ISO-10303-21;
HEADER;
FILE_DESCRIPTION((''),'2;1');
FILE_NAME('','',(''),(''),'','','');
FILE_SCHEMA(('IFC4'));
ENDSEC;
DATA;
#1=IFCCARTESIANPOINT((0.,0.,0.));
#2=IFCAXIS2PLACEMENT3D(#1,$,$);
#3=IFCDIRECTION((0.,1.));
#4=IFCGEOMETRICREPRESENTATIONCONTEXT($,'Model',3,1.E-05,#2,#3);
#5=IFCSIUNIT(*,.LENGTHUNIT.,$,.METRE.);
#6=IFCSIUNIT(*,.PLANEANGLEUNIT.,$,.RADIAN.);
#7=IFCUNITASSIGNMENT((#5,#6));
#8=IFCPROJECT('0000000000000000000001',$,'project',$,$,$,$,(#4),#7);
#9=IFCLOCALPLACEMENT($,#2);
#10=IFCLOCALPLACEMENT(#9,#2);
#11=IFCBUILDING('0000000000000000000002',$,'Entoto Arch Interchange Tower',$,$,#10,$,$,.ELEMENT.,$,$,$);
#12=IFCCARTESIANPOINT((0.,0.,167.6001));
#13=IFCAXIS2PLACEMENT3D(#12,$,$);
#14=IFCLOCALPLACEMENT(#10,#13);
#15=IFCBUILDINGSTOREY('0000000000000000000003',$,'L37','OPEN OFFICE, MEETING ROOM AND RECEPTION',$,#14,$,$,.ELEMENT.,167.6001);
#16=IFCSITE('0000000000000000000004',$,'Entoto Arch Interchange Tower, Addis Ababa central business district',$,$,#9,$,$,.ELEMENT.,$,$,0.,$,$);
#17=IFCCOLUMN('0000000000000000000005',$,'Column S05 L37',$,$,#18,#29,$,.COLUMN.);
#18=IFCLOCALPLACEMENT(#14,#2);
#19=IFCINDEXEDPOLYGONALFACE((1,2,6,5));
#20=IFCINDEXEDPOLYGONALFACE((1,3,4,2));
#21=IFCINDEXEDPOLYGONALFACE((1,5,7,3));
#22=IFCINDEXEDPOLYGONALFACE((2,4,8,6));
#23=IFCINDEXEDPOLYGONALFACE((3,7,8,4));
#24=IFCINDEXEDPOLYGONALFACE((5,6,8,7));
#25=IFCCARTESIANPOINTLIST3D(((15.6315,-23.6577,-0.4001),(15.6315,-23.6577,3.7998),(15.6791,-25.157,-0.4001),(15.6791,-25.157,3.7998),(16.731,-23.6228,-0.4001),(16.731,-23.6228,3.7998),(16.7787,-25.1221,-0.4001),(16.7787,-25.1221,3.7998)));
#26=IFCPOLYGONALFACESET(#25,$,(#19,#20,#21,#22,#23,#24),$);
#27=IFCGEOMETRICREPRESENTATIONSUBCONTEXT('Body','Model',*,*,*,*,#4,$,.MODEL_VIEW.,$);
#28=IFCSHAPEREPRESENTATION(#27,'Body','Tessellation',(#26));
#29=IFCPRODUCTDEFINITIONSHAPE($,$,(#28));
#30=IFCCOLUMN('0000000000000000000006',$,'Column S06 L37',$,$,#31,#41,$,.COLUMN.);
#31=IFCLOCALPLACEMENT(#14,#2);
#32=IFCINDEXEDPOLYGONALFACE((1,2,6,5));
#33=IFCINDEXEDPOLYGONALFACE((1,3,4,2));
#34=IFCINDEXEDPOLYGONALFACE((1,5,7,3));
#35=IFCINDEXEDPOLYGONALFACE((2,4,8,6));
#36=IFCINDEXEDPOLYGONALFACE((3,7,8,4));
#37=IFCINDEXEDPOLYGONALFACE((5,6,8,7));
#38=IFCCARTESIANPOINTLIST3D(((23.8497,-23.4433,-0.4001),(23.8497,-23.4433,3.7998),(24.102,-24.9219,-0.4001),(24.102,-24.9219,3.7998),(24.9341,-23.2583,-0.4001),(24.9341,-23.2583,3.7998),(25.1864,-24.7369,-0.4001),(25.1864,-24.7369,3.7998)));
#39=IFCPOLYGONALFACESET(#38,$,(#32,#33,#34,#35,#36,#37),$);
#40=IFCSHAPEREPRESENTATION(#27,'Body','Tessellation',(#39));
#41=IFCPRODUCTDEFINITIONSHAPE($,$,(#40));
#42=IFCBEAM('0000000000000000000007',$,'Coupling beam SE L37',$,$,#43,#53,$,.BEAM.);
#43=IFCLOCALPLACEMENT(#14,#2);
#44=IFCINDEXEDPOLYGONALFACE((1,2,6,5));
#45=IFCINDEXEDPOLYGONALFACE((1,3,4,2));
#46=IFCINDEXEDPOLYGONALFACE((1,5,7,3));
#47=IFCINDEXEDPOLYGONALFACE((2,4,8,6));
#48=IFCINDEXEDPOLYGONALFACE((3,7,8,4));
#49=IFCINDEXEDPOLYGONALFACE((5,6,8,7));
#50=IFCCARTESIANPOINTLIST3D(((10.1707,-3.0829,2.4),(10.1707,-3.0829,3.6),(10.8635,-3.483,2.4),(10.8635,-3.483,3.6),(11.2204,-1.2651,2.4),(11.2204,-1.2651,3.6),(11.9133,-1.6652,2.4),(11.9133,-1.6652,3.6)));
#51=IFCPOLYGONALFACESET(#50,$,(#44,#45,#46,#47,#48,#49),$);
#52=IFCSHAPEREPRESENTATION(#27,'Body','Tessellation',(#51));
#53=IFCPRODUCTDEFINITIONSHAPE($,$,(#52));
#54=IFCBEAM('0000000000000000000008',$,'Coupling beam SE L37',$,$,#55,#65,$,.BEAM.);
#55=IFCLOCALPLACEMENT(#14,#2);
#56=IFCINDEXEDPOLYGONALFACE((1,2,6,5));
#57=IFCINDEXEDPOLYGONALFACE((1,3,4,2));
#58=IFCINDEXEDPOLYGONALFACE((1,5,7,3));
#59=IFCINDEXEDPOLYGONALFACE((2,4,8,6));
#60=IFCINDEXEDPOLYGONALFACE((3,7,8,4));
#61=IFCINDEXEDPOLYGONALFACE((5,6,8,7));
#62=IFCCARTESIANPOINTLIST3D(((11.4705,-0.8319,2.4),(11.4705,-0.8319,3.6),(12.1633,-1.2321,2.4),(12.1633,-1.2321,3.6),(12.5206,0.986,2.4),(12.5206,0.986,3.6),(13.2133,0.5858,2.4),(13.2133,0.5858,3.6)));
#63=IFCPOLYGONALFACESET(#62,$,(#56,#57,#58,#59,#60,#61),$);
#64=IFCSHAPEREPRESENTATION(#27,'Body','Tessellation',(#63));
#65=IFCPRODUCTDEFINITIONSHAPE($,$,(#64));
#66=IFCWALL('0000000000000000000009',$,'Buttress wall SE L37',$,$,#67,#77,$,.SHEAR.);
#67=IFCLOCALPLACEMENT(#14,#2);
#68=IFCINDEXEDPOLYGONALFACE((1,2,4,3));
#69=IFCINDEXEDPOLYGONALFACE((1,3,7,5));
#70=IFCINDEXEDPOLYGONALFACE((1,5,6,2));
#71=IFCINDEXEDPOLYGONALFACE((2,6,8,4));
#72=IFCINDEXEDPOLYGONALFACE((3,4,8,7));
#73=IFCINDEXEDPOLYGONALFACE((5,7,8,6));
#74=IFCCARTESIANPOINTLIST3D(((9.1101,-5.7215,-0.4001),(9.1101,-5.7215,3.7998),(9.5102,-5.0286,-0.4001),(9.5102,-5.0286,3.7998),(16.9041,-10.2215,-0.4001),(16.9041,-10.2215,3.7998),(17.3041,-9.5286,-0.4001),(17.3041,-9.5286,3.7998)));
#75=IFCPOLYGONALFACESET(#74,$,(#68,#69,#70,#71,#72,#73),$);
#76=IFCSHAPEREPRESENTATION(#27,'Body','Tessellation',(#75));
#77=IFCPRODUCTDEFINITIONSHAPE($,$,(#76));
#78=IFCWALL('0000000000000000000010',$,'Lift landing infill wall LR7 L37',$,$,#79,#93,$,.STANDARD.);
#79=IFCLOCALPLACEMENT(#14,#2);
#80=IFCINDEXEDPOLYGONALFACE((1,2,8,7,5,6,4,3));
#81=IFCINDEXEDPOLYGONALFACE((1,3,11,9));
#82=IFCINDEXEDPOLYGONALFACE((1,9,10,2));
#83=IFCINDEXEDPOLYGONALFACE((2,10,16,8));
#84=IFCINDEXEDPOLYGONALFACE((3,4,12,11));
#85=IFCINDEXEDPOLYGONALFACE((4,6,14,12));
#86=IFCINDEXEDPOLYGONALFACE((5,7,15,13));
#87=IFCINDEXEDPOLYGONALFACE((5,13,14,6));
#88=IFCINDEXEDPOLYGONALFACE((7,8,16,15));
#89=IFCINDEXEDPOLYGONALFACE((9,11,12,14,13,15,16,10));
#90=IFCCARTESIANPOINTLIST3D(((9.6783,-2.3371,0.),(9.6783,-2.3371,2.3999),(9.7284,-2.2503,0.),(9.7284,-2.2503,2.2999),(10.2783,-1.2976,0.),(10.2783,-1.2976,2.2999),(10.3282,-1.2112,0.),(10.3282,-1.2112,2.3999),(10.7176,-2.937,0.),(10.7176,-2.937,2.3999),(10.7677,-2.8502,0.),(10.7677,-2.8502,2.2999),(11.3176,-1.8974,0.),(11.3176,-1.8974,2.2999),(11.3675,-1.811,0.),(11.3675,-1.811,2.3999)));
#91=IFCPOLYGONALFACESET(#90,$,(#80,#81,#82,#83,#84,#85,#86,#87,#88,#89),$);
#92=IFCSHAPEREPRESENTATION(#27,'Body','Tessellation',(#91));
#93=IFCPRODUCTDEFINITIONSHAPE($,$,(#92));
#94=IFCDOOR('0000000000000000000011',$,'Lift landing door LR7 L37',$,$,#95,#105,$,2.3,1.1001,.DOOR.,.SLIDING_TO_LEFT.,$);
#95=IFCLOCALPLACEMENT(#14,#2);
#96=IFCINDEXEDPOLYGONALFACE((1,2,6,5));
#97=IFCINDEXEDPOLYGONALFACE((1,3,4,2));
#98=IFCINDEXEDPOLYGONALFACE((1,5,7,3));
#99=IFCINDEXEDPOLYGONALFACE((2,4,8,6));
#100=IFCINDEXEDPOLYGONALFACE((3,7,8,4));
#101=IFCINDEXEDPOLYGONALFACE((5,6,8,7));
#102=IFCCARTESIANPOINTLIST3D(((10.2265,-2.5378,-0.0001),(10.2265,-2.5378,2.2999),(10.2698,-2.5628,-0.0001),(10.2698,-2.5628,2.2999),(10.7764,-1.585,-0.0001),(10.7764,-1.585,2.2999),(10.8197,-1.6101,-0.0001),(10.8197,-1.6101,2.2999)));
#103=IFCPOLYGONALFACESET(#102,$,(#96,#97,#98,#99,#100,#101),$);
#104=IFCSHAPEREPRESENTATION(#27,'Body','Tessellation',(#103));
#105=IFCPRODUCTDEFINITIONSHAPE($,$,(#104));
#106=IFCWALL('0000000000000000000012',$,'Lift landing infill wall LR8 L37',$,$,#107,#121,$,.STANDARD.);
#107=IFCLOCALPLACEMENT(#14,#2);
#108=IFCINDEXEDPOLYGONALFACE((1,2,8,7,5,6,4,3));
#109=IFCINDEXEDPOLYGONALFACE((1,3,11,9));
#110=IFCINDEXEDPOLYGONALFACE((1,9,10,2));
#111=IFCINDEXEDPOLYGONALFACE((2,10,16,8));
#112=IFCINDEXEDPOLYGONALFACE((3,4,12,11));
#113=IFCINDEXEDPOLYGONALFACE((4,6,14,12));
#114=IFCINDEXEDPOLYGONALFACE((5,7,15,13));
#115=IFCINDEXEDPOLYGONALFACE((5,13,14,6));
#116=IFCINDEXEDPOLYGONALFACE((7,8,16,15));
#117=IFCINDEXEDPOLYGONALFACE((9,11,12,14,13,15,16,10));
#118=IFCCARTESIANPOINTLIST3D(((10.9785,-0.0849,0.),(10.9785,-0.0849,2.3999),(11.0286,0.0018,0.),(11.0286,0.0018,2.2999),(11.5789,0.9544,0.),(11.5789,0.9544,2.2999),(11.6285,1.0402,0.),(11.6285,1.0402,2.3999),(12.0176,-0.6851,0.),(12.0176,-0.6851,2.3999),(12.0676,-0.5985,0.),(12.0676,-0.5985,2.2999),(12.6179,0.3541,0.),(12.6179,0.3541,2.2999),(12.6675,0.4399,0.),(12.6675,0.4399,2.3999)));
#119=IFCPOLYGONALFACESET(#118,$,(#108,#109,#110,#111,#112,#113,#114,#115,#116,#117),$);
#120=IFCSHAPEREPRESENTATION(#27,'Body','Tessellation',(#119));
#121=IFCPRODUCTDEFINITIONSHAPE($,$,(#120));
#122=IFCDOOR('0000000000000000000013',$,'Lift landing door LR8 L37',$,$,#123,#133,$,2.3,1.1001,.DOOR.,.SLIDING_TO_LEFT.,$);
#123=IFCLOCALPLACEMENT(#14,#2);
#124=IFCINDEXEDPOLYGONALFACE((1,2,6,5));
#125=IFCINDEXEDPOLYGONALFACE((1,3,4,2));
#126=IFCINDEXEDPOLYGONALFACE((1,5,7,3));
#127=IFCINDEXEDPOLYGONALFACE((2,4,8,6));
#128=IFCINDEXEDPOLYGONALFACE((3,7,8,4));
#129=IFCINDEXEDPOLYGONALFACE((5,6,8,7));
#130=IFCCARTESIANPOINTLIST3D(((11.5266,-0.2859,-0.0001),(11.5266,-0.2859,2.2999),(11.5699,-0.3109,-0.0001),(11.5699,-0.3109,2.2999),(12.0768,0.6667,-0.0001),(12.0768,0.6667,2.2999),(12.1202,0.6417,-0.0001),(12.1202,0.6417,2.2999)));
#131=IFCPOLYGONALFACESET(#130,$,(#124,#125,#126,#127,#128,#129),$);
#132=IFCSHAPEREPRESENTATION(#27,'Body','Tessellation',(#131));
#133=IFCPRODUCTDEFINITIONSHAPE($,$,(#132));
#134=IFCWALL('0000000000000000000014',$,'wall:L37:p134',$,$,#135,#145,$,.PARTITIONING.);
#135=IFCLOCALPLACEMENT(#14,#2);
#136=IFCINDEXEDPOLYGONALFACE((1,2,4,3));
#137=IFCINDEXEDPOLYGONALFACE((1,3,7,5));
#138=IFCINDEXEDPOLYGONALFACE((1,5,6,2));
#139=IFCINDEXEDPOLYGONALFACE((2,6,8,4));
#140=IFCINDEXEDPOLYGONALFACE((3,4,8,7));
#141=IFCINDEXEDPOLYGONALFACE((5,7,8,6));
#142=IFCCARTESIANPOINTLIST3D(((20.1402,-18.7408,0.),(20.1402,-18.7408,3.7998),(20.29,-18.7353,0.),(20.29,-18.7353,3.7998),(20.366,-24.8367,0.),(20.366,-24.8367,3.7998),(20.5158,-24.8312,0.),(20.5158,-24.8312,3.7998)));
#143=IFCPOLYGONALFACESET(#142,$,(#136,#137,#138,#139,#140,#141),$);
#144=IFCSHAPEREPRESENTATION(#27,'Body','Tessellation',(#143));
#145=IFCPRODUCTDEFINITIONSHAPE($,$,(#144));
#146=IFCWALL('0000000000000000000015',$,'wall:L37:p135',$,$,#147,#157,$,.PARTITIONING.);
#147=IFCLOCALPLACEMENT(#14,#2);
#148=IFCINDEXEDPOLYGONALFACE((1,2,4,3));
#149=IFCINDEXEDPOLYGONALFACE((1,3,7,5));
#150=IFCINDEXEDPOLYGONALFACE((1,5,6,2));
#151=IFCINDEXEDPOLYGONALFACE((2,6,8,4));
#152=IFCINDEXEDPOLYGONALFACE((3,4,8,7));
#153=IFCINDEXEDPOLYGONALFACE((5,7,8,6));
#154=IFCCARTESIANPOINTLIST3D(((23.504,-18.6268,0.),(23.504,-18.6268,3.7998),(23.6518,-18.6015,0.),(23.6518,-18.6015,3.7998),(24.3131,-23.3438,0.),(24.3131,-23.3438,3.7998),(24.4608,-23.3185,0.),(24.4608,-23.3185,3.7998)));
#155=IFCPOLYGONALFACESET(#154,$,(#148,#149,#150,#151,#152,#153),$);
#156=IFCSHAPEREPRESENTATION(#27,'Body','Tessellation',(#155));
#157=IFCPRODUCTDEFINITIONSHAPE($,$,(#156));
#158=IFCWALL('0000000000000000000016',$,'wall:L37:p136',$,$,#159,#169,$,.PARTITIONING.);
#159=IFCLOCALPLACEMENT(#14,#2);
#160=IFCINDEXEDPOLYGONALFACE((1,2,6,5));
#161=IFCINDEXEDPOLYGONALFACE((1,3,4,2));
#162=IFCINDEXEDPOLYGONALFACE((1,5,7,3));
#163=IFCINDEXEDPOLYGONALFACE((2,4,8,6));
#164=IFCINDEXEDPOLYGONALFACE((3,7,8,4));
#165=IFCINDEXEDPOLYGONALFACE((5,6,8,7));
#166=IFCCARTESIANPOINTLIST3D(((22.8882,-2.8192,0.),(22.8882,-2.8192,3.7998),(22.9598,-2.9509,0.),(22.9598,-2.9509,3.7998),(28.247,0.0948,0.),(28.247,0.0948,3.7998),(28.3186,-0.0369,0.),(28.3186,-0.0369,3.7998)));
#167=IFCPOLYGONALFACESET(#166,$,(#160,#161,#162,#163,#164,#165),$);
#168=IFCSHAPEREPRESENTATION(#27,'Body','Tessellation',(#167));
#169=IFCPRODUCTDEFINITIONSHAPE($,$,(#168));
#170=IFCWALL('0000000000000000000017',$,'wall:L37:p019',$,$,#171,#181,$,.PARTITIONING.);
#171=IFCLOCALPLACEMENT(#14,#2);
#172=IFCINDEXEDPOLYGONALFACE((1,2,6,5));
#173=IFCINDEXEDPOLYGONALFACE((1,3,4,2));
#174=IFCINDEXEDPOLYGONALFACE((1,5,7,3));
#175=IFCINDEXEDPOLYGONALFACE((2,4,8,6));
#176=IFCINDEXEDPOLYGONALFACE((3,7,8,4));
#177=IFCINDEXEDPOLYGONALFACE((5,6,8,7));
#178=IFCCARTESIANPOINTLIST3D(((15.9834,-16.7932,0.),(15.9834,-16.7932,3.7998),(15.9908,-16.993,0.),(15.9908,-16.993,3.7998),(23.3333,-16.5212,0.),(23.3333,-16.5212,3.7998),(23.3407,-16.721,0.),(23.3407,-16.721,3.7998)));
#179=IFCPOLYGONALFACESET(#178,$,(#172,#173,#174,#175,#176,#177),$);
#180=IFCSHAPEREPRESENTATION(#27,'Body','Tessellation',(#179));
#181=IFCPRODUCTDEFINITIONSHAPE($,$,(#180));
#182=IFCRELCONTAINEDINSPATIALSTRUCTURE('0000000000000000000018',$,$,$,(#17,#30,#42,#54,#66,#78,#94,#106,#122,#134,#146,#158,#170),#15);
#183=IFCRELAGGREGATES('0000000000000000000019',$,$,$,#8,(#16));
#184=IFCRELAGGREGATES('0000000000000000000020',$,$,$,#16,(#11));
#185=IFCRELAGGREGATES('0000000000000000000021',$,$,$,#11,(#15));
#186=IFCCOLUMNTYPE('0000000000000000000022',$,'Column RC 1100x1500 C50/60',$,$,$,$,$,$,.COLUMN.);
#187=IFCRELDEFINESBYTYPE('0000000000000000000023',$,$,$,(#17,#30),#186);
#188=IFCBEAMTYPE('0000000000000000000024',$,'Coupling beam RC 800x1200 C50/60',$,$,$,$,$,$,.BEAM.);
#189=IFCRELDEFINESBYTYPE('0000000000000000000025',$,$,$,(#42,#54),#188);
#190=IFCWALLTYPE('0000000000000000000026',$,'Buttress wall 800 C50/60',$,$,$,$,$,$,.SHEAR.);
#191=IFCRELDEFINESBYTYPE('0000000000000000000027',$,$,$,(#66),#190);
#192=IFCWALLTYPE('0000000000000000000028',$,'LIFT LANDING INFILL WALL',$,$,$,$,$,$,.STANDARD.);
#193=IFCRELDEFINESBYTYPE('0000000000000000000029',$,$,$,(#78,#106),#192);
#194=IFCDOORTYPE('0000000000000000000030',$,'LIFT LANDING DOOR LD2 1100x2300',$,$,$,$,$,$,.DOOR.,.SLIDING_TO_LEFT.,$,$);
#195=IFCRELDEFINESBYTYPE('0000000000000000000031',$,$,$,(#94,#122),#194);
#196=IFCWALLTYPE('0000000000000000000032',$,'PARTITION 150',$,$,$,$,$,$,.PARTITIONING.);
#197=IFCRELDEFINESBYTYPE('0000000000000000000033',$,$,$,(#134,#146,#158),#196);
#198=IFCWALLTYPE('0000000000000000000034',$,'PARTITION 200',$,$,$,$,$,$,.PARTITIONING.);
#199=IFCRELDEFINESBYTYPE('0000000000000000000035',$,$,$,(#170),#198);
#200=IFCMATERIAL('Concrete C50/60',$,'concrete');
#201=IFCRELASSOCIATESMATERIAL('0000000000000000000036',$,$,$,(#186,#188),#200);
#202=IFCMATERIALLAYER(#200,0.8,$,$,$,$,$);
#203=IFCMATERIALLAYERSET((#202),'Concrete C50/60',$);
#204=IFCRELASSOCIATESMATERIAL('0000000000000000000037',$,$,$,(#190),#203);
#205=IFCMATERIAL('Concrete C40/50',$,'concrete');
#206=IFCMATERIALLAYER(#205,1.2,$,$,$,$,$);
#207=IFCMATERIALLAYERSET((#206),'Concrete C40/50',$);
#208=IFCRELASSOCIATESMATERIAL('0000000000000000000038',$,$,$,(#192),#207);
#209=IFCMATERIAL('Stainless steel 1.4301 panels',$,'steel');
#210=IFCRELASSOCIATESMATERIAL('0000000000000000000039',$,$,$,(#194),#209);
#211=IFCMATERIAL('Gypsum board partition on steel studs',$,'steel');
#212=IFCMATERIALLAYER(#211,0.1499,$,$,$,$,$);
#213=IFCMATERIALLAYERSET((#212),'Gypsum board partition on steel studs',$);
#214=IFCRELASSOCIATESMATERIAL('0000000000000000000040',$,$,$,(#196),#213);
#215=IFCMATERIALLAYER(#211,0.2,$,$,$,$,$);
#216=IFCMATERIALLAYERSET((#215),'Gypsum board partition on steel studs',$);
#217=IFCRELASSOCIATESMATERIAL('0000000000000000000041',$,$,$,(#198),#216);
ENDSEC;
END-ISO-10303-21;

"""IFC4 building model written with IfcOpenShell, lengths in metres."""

from ifc_helpers import new_model, si_unit, direction, frame, frame_2d, origin, origin_2d, place, context, subcontext, project, spatial, rectangle, extrude, material, layer, layer_set, material_profile, profile_set, type_object, element, fill, save


model = new_model("IFC4")

# Units and contexts
model_context = context("Model", 3, precision=1e-05, world=origin(), true_north=direction((0.0, 1.0)))
body_context = subcontext(model_context, "Body", "Model", "MODEL_VIEW")
ifc_project = project(units=[si_unit("LENGTHUNIT", "METRE"), si_unit("PLANEANGLEUNIT", "RADIAN")], contexts=[model_context])

# Site, building, storey
site_placement = place(None, origin())
site = spatial("IfcSite", under=ifc_project, at=site_placement, Name="Entoto Arch Interchange Tower, Addis Ababa central business district", CompositionType="ELEMENT", RefElevation=0.0)
building_placement = place(site_placement, origin())
building = spatial("IfcBuilding", under=site, at=building_placement, Name="Entoto Arch Interchange Tower", CompositionType="ELEMENT")
storey_placement = place(building_placement, frame((0.0, 0.0, 167.6001)))
storey = spatial("IfcBuildingStorey", under=building, at=storey_placement, Name="L37", Description="OPEN OFFICE, MEETING ROOM AND RECEPTION", CompositionType="ELEMENT", Elevation=167.6001)

# Columns
ifc_material_1 = material(Name="Concrete C50/60", Category="concrete")
ifc_material_profile_1 = material_profile(ifc_material_1, rectangle(XDim=1.1001, YDim=1.5, at=origin_2d()))
ifc_profile_set_1 = profile_set([ifc_material_profile_1], Name="Concrete C50/60")
column_type = type_object("IfcColumnType", Name="Column RC 1100x1500 C50/60", PredefinedType="COLUMN", material=ifc_profile_set_1)
for number, where, z_axis, x_axis, name in (
    (1, (16.2051, -24.3899, -0.4001), (0.0, 0.0, 1.0), (0.999496, 0.031742, 0.0), "Column S05 L37"),
    (2, (24.5181, -24.0901, -0.4001), (0.0, 0.0, 1.0), (0.985753, 0.168197, 0.0), "Column S06 L37"),
):
    element("IfcColumn", number, at=place(storey_placement, frame(where, z_axis=z_axis, x_axis=x_axis)), inside=storey, type_object=column_type, Name=name, PredefinedType="COLUMN", context=body_context, shape_type="SweptSolid", body=[
        extrude(rectangle(XDim=1.1001, YDim=1.5, at=origin_2d()), origin(), (0.0, 0.0, 1.0), 4.2),
    ])

# Beams
ifc_material_profile_2 = material_profile(ifc_material_1, rectangle(XDim=0.8, YDim=1.2, at=origin_2d()))
ifc_profile_set_2 = profile_set([ifc_material_profile_2], Name="Concrete C50/60")
beam_type = type_object("IfcBeamType", Name="Coupling beam RC 800x1200 C50/60", PredefinedType="BEAM", material=ifc_profile_set_2)
beam_1_placement = place(storey_placement, frame((10.5171, -3.283, 3.0), z_axis=(0.500092, 0.865973, 0.0), x_axis=(-0.865973, 0.500092, 0.0)))
element("IfcBeam", 3, at=beam_1_placement, inside=storey, type_object=beam_type, Name="Coupling beam SE L37", PredefinedType="BEAM", context=body_context, shape_type="SweptSolid", body=[
    extrude(rectangle(XDim=0.8, YDim=1.2, at=origin_2d()), origin(), (0.0, 0.0, 1.0), 2.0991),
])
beam_2_placement = place(storey_placement, frame((11.8169, -1.032, 3.0), z_axis=(0.500179, 0.865922, 0.0), x_axis=(-0.865922, 0.500179, 0.0)))
element("IfcBeam", 4, at=beam_2_placement, inside=storey, type_object=beam_type, Name="Coupling beam SE L37", PredefinedType="BEAM", context=body_context, shape_type="SweptSolid", body=[
    extrude(rectangle(XDim=0.8, YDim=1.2, at=origin_2d()), origin(), (0.0, 0.0, 1.0), 2.0994),
])

# Wall
ifc_layer_1 = layer(ifc_material_1, 0.8)
ifc_layer_set_1 = layer_set([ifc_layer_1], Name="Concrete C50/60")
wall_type_1 = type_object("IfcWallType", Name="Buttress wall 800 C50/60", PredefinedType="SHEAR", material=ifc_layer_set_1)
wall_1_placement = place(storey_placement, frame((9.3101, -5.375, -0.4001), z_axis=(0.0, 0.0, 1.0), x_axis=(0.866018, -0.500014, 0.0)))
element("IfcWall", 5, at=wall_1_placement, inside=storey, type_object=wall_type_1, Name="Buttress wall SE L37", PredefinedType="SHEAR", context=body_context, shape_type="SweptSolid", body=[
    extrude(rectangle(XDim=8.9998, YDim=0.8, at=frame_2d((4.5, 0.0))), origin(), (0.0, 0.0, 1.0), 4.2),
])

# Walls, openings, doors
ifc_material_2 = material(Name="Concrete C40/50", Category="concrete")
ifc_layer_2 = layer(ifc_material_2, 1.2)
ifc_layer_set_2 = layer_set([ifc_layer_2], Name="Concrete C40/50")
wall_type_2 = type_object("IfcWallType", Name="LIFT LANDING INFILL WALL", PredefinedType="STANDARD", material=ifc_layer_set_2)
wall_2_placement = place(storey_placement, frame((10.198, -2.637, 0.0), z_axis=(0.0, 0.0, 1.0), x_axis=(0.499896, 0.866086, 0.0)))
wall_2 = element("IfcWall", 6, at=wall_2_placement, inside=storey, type_object=wall_type_2, Name="Lift landing infill wall LR7 L37", PredefinedType="STANDARD", context=body_context, shape_type="SweptSolid", body=[
    extrude(rectangle(XDim=1.3, YDim=1.2, at=frame_2d((0.6499, 0.0))), origin(), (0.0, 0.0, 1.0), 2.3999),
])
opening_1_placement = place(wall_2_placement, frame((0.1001, 0.0, 0.0)))
opening_1 = element("IfcOpeningElement", 7, at=opening_1_placement, cuts=wall_2, PredefinedType="OPENING", context=body_context, shape_type="SweptSolid", body=[
    extrude(rectangle(XDim=1.1001, YDim=2.3, at=frame_2d((0.55, 1.1499))), frame((0.0, 0.6099, 0.0), z_axis=(0.0, -1.0, 0.0), x_axis=(1.0, 0.0, 0.0)), (0.0, 0.0, 1.0), 1.22),
])
ifc_material_3 = material(Name="Stainless steel 1.4301 panels", Category="steel")
door_type_1 = type_object("IfcDoorType", Name="LIFT LANDING DOOR LD2 1100x2300", OperationType="SLIDING_TO_LEFT", PredefinedType="DOOR", material=ifc_material_3)
door_1_placement = place(opening_1_placement, origin())
door_1 = element("IfcDoor", 8, at=door_1_placement, inside=storey, type_object=door_type_1, Name="Lift landing door LR7 L37", OperationType="SLIDING_TO_LEFT", OverallHeight=2.3, OverallWidth=1.1001, PredefinedType="DOOR", context=body_context, shape_type="SweptSolid", body=[
    extrude(rectangle(XDim=1.1001, YDim=2.3, at=frame_2d((0.55, 1.1499))), frame((0.0, 0.0249, 0.0), z_axis=(0.0, -1.0, 0.0), x_axis=(1.0, 0.0, 0.0)), (0.0, 0.0, 1.0), 0.05),
])
fill(opening_1, door_1)
wall_3_placement = place(storey_placement, frame((11.498, -0.385, 0.0), z_axis=(0.0, 0.0, 1.0), x_axis=(0.500221, 0.865898, 0.0)))
wall_3 = element("IfcWall", 9, at=wall_3_placement, inside=storey, type_object=wall_type_2, Name="Lift landing infill wall LR8 L37", PredefinedType="STANDARD", context=body_context, shape_type="SweptSolid", body=[
    extrude(rectangle(XDim=1.2993, YDim=1.2, at=frame_2d((0.6497, 0.0))), origin(), (0.0, 0.0, 1.0), 2.3999),
])
opening_2_placement = place(wall_3_placement, frame((0.1001, 0.0, 0.0)))
opening_2 = element("IfcOpeningElement", 10, at=opening_2_placement, cuts=wall_3, PredefinedType="OPENING", context=body_context, shape_type="SweptSolid", body=[
    extrude(rectangle(XDim=1.1001, YDim=2.3, at=frame_2d((0.55, 1.1499))), frame((0.0, 0.6099, 0.0), z_axis=(0.0, -1.0, 0.0), x_axis=(1.0, 0.0, 0.0)), (0.0, 0.0, 1.0), 1.22),
])
door_2_placement = place(opening_2_placement, origin())
door_2 = element("IfcDoor", 11, at=door_2_placement, inside=storey, type_object=door_type_1, Name="Lift landing door LR8 L37", OperationType="SLIDING_TO_LEFT", OverallHeight=2.3, OverallWidth=1.1001, PredefinedType="DOOR", context=body_context, shape_type="SweptSolid", body=[
    extrude(rectangle(XDim=1.1001, YDim=2.3, at=frame_2d((0.55, 1.1499))), frame((0.0, 0.0249, 0.0), z_axis=(0.0, -1.0, 0.0), x_axis=(1.0, 0.0, 0.0)), (0.0, 0.0, 1.0), 0.05),
])
fill(opening_2, door_2)

# Walls
ifc_material_4 = material(Name="Gypsum board partition on steel studs", Category="steel")
ifc_layer_3 = layer(ifc_material_4, 0.1499)
ifc_layer_set_3 = layer_set([ifc_layer_3], Name="Gypsum board partition on steel studs")
wall_type_3 = type_object("IfcWallType", Name="PARTITION 150", PredefinedType="PARTITIONING", material=ifc_layer_set_3)
wall_4_placement = place(storey_placement, frame((20.2151, -18.738, 0.0), z_axis=(0.0, 0.0, 1.0), x_axis=(0.037021, -0.999315, 0.0)))
element("IfcWall", 12, at=wall_4_placement, inside=storey, type_object=wall_type_3, Name="wall:L37:p134", PredefinedType="PARTITIONING", context=body_context, shape_type="SweptSolid", body=[
    extrude(rectangle(XDim=6.1001, YDim=0.1499, at=frame_2d((3.05, 0.0))), origin(), (0.0, 0.0, 1.0), 3.7998),
])
wall_5_placement = place(storey_placement, frame((23.5779, -18.614, 0.0), z_axis=(0.0, 0.0, 1.0), x_axis=(0.169054, -0.985607, 0.0)))
element("IfcWall", 13, at=wall_5_placement, inside=storey, type_object=wall_type_3, Name="wall:L37:p135", PredefinedType="PARTITIONING", context=body_context, shape_type="SweptSolid", body=[
    extrude(rectangle(XDim=4.7859, YDim=0.1499, at=frame_2d((2.3931, 0.0))), origin(), (0.0, 0.0, 1.0), 3.7998),
])
wall_6_placement = place(storey_placement, frame((22.9241, -2.885, 0.0), z_axis=(0.0, 0.0, 1.0), x_axis=(0.878513, 0.477719, 0.0)))
element("IfcWall", 14, at=wall_6_placement, inside=storey, type_object=wall_type_3, Name="wall:L37:p136", PredefinedType="PARTITIONING", context=body_context, shape_type="SweptSolid", body=[
    extrude(rectangle(XDim=6.0999, YDim=0.1499, at=frame_2d((3.0498, 0.0))), origin(), (0.0, 0.0, 1.0), 3.7998),
])
ifc_layer_4 = layer(ifc_material_4, 0.2)
ifc_layer_set_4 = layer_set([ifc_layer_4], Name="Gypsum board partition on steel studs")
wall_type_4 = type_object("IfcWallType", Name="PARTITION 200", PredefinedType="PARTITIONING", material=ifc_layer_set_4)
wall_7_placement = place(storey_placement, frame((15.9871, -16.8931, 0.0), z_axis=(0.0, 0.0, 1.0), x_axis=(0.999316, 0.036979, 0.0)))
element("IfcWall", 15, at=wall_7_placement, inside=storey, type_object=wall_type_4, Name="wall:L37:p019", PredefinedType="PARTITIONING", context=body_context, shape_type="SweptSolid", body=[
    extrude(rectangle(XDim=7.355, YDim=0.2, at=frame_2d((3.6775, 0.0))), origin(), (0.0, 0.0, 1.0), 3.7998),
])

save(model, "model.ifc")
